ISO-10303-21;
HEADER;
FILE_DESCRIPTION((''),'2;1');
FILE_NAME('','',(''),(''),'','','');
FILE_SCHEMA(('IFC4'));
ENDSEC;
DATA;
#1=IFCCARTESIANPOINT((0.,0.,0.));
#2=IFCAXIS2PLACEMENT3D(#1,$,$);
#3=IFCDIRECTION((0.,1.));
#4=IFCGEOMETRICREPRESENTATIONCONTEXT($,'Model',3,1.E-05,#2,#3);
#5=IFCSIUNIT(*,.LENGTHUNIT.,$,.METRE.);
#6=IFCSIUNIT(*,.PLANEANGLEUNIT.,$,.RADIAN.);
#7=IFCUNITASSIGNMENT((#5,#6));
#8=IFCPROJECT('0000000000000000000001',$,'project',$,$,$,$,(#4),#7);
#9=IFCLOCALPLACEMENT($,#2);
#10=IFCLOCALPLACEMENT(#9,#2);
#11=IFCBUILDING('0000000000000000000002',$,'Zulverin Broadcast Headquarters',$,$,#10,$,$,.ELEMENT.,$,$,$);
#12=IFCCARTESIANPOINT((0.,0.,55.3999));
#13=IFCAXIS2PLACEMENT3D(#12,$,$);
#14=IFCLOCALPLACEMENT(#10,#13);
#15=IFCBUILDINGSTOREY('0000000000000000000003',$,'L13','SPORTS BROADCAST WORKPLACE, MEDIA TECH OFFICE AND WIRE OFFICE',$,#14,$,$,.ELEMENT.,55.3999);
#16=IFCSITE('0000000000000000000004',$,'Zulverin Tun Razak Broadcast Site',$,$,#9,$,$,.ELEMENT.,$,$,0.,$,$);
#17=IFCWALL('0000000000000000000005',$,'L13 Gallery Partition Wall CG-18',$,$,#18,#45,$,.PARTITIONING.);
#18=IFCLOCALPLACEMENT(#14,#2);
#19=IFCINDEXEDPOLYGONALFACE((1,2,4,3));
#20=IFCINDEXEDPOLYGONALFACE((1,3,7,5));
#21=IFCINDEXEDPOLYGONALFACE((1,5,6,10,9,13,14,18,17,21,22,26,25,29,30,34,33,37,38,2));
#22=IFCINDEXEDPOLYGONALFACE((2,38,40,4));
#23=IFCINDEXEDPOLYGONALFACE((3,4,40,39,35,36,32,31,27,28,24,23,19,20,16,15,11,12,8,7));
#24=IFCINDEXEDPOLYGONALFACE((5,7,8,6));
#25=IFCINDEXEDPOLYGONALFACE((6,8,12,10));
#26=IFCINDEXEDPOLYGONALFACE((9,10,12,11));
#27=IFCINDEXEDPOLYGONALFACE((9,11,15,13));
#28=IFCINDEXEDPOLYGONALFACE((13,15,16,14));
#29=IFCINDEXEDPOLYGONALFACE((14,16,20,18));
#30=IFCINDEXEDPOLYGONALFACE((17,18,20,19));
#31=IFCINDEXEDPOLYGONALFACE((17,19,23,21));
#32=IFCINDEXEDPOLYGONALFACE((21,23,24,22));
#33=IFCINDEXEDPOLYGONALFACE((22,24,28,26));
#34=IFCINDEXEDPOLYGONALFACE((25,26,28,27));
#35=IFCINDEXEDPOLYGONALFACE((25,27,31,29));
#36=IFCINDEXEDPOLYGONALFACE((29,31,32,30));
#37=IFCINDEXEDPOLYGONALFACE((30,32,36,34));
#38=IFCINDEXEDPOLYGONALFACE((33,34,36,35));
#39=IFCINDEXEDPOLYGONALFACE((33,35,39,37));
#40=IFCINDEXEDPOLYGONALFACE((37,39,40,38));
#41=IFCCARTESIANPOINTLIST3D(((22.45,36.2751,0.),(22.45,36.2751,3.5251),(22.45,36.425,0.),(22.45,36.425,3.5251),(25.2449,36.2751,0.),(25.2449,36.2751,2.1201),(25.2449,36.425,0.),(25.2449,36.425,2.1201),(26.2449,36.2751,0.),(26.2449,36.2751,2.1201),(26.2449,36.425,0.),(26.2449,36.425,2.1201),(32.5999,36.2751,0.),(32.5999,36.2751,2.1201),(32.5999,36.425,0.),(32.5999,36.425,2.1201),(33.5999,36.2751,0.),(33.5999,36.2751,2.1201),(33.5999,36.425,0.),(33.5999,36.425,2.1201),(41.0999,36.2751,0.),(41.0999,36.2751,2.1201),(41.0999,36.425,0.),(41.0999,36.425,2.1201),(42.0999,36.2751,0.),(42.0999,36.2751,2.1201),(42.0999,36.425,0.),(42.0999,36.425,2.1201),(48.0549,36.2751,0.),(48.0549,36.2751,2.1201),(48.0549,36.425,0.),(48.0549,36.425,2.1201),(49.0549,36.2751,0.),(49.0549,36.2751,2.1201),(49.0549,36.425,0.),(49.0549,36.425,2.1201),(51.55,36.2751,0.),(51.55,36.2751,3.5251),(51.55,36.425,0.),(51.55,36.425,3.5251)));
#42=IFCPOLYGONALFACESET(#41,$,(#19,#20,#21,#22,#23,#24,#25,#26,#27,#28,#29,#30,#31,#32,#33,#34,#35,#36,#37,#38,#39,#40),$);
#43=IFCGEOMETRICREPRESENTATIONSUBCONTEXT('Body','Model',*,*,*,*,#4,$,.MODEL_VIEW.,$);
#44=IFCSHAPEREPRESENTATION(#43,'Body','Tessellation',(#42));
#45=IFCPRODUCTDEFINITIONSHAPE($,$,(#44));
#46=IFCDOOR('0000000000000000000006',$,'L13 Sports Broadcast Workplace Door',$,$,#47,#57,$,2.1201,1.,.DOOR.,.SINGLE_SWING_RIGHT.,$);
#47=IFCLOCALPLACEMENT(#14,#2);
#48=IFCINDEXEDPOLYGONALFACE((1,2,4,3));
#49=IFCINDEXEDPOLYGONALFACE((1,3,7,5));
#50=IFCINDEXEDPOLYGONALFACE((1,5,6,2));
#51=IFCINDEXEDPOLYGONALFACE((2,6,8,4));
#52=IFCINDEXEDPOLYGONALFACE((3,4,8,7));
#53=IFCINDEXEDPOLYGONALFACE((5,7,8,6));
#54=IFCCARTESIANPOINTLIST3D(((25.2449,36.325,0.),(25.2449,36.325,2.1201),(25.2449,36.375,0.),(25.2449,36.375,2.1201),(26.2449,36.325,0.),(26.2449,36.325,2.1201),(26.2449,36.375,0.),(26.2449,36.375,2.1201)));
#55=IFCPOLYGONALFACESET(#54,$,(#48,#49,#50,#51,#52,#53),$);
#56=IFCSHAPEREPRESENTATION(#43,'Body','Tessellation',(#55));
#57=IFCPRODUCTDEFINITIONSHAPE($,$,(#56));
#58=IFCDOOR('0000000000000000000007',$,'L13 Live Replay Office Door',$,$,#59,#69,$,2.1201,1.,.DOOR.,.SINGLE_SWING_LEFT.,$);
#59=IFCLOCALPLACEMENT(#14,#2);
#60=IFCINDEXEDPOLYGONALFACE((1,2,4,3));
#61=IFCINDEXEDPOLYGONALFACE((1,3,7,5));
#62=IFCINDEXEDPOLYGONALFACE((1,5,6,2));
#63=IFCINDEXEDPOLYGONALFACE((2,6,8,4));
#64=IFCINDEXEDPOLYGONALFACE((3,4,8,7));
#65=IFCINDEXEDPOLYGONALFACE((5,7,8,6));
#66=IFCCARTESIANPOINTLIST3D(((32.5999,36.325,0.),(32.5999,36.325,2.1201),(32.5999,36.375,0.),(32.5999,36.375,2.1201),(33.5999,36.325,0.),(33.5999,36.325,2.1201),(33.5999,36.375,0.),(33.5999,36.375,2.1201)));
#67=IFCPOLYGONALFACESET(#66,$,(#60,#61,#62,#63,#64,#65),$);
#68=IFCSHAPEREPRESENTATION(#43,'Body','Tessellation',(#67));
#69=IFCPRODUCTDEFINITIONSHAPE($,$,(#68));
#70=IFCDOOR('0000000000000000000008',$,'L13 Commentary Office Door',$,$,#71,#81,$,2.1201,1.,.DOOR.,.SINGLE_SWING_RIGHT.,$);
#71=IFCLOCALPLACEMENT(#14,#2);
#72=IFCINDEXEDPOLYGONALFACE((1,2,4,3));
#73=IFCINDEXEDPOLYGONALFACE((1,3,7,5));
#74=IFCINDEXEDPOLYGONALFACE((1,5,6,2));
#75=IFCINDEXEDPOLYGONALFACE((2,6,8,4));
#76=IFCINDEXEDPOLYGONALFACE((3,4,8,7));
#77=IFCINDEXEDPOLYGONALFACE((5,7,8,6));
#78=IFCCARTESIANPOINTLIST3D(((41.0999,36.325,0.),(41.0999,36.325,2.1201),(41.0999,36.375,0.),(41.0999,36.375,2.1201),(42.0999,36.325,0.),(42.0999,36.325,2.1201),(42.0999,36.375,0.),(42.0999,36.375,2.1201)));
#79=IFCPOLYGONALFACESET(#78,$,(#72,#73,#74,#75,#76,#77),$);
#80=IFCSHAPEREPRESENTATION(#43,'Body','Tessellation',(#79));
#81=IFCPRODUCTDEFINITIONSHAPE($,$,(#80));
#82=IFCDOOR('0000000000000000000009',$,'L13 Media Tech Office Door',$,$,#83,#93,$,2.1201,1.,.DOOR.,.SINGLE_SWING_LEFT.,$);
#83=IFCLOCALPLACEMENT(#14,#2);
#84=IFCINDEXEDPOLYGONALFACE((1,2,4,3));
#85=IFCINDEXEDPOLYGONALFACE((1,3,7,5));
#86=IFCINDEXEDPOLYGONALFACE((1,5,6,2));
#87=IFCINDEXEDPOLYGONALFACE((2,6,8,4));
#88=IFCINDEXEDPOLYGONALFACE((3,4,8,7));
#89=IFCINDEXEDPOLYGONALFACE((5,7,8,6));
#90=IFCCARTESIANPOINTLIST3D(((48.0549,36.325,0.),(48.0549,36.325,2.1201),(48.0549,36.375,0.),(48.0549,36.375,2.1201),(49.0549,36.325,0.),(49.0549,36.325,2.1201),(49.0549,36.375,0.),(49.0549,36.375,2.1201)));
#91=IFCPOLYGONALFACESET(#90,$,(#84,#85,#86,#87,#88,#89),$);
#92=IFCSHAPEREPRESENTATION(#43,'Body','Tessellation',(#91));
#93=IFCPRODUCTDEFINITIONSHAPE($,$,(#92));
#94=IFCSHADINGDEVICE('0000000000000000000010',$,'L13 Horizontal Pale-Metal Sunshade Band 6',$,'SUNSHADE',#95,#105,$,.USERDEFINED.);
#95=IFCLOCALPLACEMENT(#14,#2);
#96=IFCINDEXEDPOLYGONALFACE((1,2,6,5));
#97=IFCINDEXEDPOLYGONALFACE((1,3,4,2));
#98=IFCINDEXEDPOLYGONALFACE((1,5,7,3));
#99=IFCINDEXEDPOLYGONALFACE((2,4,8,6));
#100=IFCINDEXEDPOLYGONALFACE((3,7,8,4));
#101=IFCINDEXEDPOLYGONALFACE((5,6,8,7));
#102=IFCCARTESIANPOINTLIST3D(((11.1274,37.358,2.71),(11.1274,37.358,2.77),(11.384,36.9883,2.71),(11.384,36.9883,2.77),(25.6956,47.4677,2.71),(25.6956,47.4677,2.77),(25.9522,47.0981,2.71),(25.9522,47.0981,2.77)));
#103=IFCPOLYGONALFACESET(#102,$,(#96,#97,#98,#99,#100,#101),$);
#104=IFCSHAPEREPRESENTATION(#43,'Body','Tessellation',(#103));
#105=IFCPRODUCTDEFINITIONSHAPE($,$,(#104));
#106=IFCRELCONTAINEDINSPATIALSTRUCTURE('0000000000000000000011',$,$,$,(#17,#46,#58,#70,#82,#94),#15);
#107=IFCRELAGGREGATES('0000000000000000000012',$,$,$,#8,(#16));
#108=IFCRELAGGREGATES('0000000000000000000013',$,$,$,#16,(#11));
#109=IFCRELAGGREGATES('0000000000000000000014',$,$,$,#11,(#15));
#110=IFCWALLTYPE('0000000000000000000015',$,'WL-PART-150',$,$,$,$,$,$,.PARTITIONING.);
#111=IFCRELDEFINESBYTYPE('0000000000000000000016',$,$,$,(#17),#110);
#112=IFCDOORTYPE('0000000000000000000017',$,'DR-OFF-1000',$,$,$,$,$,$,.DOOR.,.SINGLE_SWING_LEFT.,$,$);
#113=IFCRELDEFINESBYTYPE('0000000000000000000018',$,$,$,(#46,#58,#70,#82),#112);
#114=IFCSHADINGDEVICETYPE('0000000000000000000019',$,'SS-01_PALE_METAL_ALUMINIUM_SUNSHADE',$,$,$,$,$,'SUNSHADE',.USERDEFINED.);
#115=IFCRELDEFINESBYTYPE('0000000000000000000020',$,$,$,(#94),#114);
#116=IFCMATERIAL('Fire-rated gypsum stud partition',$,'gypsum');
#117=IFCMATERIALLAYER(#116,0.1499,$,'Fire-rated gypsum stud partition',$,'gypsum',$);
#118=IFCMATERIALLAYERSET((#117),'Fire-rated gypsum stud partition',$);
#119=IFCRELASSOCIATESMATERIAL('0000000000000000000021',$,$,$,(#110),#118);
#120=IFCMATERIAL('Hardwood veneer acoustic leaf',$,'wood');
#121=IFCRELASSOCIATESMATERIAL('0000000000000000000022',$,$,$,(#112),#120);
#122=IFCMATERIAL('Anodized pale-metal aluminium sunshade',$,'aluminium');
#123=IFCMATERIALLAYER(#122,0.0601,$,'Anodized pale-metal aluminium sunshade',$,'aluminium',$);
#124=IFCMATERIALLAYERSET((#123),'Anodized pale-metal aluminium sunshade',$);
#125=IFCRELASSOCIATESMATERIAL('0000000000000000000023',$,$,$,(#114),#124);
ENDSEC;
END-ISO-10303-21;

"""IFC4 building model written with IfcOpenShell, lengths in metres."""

from ifc_helpers import new_model, si_unit, direction, frame, frame_2d, origin, origin_2d, place, context, subcontext, project, spatial, rectangle, extrude, material, layer, layer_set, type_object, element, fill, save


model = new_model("IFC4")

# Units and contexts
model_context = context("Model", 3, precision=1e-05, world=origin(), true_north=direction((0.0, 1.0)))
body_context = subcontext(model_context, "Body", "Model", "MODEL_VIEW")
ifc_project = project(units=[si_unit("LENGTHUNIT", "METRE"), si_unit("PLANEANGLEUNIT", "RADIAN")], contexts=[model_context])

# Site, building, storey
site_placement = place(None, origin())
site = spatial("IfcSite", under=ifc_project, at=site_placement, Name="Zulverin Tun Razak Broadcast Site", CompositionType="ELEMENT", RefElevation=0.0)
building_placement = place(site_placement, origin())
building = spatial("IfcBuilding", under=site, at=building_placement, Name="Zulverin Broadcast Headquarters", CompositionType="ELEMENT")
storey_placement = place(building_placement, frame((0.0, 0.0, 55.3999)))
storey = spatial("IfcBuildingStorey", under=building, at=storey_placement, Name="L13", Description="SPORTS BROADCAST WORKPLACE, MEDIA TECH OFFICE AND WIRE OFFICE", CompositionType="ELEMENT", Elevation=55.3999)

# Shared definitions
ifc_material_1 = material(Name="Fire-rated gypsum stud partition", Category="gypsum")
ifc_layer_1 = layer(ifc_material_1, 0.1499, Name="Fire-rated gypsum stud partition", Category="gypsum")
ifc_layer_set_1 = layer_set([ifc_layer_1], Name="Fire-rated gypsum stud partition")
wall_type_1 = type_object("IfcWallType", Name="WL-PART-150", PredefinedType="PARTITIONING", material=ifc_layer_set_1)

# Wall, openings, doors
wall_1_placement = place(storey_placement, frame((22.45, 36.3501, 0.0), z_axis=(0.0, 0.0, 1.0), x_axis=(1.0, 0.0, 0.0)))
wall_1 = element("IfcWall", 1, at=wall_1_placement, inside=storey, type_object=wall_type_1, Name="L13 Gallery Partition Wall CG-18", PredefinedType="PARTITIONING", context=body_context, shape_type="SweptSolid", body=[
    extrude(rectangle(XDim=29.1001, YDim=0.1499, at=frame_2d((14.55, 0.0))), origin(), (0.0, 0.0, 1.0), 3.5251),
])
opening_1_placement = place(wall_1_placement, frame((2.7949, 0.0, 0.0)))
opening_1 = element("IfcOpeningElement", 2, at=opening_1_placement, cuts=wall_1, PredefinedType="OPENING", context=body_context, shape_type="SweptSolid", body=[
    extrude(rectangle(XDim=1.0, YDim=2.1201, at=frame_2d((0.5, 1.0601))), frame((0.0, 0.085, 0.0), z_axis=(0.0, -1.0, 0.0), x_axis=(1.0, 0.0, 0.0)), (0.0, 0.0, 1.0), 0.1699),
])
opening_2_placement = place(wall_1_placement, frame((10.1499, 0.0, 0.0)))
opening_2 = element("IfcOpeningElement", 3, at=opening_2_placement, cuts=wall_1, PredefinedType="OPENING", context=body_context, shape_type="SweptSolid", body=[
    extrude(rectangle(XDim=1.0, YDim=2.1201, at=frame_2d((0.5, 1.0601))), frame((0.0, 0.085, 0.0), z_axis=(0.0, -1.0, 0.0), x_axis=(1.0, 0.0, 0.0)), (0.0, 0.0, 1.0), 0.1699),
])
opening_3_placement = place(wall_1_placement, frame((18.6499, 0.0, 0.0)))
opening_3 = element("IfcOpeningElement", 4, at=opening_3_placement, cuts=wall_1, PredefinedType="OPENING", context=body_context, shape_type="SweptSolid", body=[
    extrude(rectangle(XDim=1.0, YDim=2.1201, at=frame_2d((0.5, 1.0601))), frame((0.0, 0.085, 0.0), z_axis=(0.0, -1.0, 0.0), x_axis=(1.0, 0.0, 0.0)), (0.0, 0.0, 1.0), 0.1699),
])
opening_4_placement = place(wall_1_placement, frame((25.605, 0.0, 0.0)))
opening_4 = element("IfcOpeningElement", 5, at=opening_4_placement, cuts=wall_1, PredefinedType="OPENING", context=body_context, shape_type="SweptSolid", body=[
    extrude(rectangle(XDim=1.0, YDim=2.1201, at=frame_2d((0.5, 1.0601))), frame((0.0, 0.085, 0.0), z_axis=(0.0, -1.0, 0.0), x_axis=(1.0, 0.0, 0.0)), (0.0, 0.0, 1.0), 0.1699),
])
ifc_material_2 = material(Name="Hardwood veneer acoustic leaf", Category="wood")
door_type_1 = type_object("IfcDoorType", Name="DR-OFF-1000", OperationType="SINGLE_SWING_LEFT", PredefinedType="DOOR", material=ifc_material_2)
door_1_placement = place(opening_1_placement, origin())
door_1 = element("IfcDoor", 6, at=door_1_placement, inside=storey, type_object=door_type_1, Name="L13 Sports Broadcast Workplace Door", OperationType="SINGLE_SWING_RIGHT", OverallHeight=2.1201, OverallWidth=1.0, PredefinedType="DOOR", context=body_context, shape_type="SweptSolid", body=[
    extrude(rectangle(XDim=1.0, YDim=2.1201, at=frame_2d((0.5, 1.0601))), frame((0.0, 0.0249, 0.0), z_axis=(0.0, -1.0, 0.0), x_axis=(1.0, 0.0, 0.0)), (0.0, 0.0, 1.0), 0.05),
])
fill(opening_1, door_1)
door_2_placement = place(opening_2_placement, origin())
door_2 = element("IfcDoor", 7, at=door_2_placement, inside=storey, type_object=door_type_1, Name="L13 Live Replay Office Door", OperationType="SINGLE_SWING_LEFT", OverallHeight=2.1201, OverallWidth=1.0, PredefinedType="DOOR", context=body_context, shape_type="SweptSolid", body=[
    extrude(rectangle(XDim=1.0, YDim=2.1201, at=frame_2d((0.5, 1.0601))), frame((0.0, 0.0249, 0.0), z_axis=(0.0, -1.0, 0.0), x_axis=(1.0, 0.0, 0.0)), (0.0, 0.0, 1.0), 0.05),
])
fill(opening_2, door_2)
door_3_placement = place(opening_3_placement, origin())
door_3 = element("IfcDoor", 8, at=door_3_placement, inside=storey, type_object=door_type_1, Name="L13 Commentary Office Door", OperationType="SINGLE_SWING_RIGHT", OverallHeight=2.1201, OverallWidth=1.0, PredefinedType="DOOR", context=body_context, shape_type="SweptSolid", body=[
    extrude(rectangle(XDim=1.0, YDim=2.1201, at=frame_2d((0.5, 1.0601))), frame((0.0, 0.0249, 0.0), z_axis=(0.0, -1.0, 0.0), x_axis=(1.0, 0.0, 0.0)), (0.0, 0.0, 1.0), 0.05),
])
fill(opening_3, door_3)
door_4_placement = place(opening_4_placement, origin())
door_4 = element("IfcDoor", 9, at=door_4_placement, inside=storey, type_object=door_type_1, Name="L13 Media Tech Office Door", OperationType="SINGLE_SWING_LEFT", OverallHeight=2.1201, OverallWidth=1.0, PredefinedType="DOOR", context=body_context, shape_type="SweptSolid", body=[
    extrude(rectangle(XDim=1.0, YDim=2.1201, at=frame_2d((0.5, 1.0601))), frame((0.0, 0.0249, 0.0), z_axis=(0.0, -1.0, 0.0), x_axis=(1.0, 0.0, 0.0)), (0.0, 0.0, 1.0), 0.05),
])
fill(opening_4, door_4)

# Shading device
ifc_material_3 = material(Name="Anodized pale-metal aluminium sunshade", Category="aluminium")
ifc_layer_2 = layer(ifc_material_3, 0.0601, Name="Anodized pale-metal aluminium sunshade", Category="aluminium")
ifc_layer_set_2 = layer_set([ifc_layer_2], Name="Anodized pale-metal aluminium sunshade")
shading_device_type = type_object("IfcShadingDeviceType", Name="SS-01_PALE_METAL_ALUMINIUM_SUNSHADE", ElementType="SUNSHADE", PredefinedType="USERDEFINED", material=ifc_layer_set_2)
shading_device_placement = place(storey_placement, frame((18.5398, 42.228, 2.71), z_axis=(0.0, 0.0, 1.0), x_axis=(-0.821556, -0.570127, 0.0)))
element("IfcShadingDevice", 10, at=shading_device_placement, inside=storey, type_object=shading_device_type, Name="L13 Horizontal Pale-Metal Sunshade Band 6", ObjectType="SUNSHADE", PredefinedType="USERDEFINED", context=body_context, shape_type="SweptSolid", body=[
    extrude(rectangle(XDim=17.7324, YDim=0.45, at=origin_2d()), origin(), (0.0, 0.0, 1.0), 0.0601),
])

save(model, "model.ifc")
